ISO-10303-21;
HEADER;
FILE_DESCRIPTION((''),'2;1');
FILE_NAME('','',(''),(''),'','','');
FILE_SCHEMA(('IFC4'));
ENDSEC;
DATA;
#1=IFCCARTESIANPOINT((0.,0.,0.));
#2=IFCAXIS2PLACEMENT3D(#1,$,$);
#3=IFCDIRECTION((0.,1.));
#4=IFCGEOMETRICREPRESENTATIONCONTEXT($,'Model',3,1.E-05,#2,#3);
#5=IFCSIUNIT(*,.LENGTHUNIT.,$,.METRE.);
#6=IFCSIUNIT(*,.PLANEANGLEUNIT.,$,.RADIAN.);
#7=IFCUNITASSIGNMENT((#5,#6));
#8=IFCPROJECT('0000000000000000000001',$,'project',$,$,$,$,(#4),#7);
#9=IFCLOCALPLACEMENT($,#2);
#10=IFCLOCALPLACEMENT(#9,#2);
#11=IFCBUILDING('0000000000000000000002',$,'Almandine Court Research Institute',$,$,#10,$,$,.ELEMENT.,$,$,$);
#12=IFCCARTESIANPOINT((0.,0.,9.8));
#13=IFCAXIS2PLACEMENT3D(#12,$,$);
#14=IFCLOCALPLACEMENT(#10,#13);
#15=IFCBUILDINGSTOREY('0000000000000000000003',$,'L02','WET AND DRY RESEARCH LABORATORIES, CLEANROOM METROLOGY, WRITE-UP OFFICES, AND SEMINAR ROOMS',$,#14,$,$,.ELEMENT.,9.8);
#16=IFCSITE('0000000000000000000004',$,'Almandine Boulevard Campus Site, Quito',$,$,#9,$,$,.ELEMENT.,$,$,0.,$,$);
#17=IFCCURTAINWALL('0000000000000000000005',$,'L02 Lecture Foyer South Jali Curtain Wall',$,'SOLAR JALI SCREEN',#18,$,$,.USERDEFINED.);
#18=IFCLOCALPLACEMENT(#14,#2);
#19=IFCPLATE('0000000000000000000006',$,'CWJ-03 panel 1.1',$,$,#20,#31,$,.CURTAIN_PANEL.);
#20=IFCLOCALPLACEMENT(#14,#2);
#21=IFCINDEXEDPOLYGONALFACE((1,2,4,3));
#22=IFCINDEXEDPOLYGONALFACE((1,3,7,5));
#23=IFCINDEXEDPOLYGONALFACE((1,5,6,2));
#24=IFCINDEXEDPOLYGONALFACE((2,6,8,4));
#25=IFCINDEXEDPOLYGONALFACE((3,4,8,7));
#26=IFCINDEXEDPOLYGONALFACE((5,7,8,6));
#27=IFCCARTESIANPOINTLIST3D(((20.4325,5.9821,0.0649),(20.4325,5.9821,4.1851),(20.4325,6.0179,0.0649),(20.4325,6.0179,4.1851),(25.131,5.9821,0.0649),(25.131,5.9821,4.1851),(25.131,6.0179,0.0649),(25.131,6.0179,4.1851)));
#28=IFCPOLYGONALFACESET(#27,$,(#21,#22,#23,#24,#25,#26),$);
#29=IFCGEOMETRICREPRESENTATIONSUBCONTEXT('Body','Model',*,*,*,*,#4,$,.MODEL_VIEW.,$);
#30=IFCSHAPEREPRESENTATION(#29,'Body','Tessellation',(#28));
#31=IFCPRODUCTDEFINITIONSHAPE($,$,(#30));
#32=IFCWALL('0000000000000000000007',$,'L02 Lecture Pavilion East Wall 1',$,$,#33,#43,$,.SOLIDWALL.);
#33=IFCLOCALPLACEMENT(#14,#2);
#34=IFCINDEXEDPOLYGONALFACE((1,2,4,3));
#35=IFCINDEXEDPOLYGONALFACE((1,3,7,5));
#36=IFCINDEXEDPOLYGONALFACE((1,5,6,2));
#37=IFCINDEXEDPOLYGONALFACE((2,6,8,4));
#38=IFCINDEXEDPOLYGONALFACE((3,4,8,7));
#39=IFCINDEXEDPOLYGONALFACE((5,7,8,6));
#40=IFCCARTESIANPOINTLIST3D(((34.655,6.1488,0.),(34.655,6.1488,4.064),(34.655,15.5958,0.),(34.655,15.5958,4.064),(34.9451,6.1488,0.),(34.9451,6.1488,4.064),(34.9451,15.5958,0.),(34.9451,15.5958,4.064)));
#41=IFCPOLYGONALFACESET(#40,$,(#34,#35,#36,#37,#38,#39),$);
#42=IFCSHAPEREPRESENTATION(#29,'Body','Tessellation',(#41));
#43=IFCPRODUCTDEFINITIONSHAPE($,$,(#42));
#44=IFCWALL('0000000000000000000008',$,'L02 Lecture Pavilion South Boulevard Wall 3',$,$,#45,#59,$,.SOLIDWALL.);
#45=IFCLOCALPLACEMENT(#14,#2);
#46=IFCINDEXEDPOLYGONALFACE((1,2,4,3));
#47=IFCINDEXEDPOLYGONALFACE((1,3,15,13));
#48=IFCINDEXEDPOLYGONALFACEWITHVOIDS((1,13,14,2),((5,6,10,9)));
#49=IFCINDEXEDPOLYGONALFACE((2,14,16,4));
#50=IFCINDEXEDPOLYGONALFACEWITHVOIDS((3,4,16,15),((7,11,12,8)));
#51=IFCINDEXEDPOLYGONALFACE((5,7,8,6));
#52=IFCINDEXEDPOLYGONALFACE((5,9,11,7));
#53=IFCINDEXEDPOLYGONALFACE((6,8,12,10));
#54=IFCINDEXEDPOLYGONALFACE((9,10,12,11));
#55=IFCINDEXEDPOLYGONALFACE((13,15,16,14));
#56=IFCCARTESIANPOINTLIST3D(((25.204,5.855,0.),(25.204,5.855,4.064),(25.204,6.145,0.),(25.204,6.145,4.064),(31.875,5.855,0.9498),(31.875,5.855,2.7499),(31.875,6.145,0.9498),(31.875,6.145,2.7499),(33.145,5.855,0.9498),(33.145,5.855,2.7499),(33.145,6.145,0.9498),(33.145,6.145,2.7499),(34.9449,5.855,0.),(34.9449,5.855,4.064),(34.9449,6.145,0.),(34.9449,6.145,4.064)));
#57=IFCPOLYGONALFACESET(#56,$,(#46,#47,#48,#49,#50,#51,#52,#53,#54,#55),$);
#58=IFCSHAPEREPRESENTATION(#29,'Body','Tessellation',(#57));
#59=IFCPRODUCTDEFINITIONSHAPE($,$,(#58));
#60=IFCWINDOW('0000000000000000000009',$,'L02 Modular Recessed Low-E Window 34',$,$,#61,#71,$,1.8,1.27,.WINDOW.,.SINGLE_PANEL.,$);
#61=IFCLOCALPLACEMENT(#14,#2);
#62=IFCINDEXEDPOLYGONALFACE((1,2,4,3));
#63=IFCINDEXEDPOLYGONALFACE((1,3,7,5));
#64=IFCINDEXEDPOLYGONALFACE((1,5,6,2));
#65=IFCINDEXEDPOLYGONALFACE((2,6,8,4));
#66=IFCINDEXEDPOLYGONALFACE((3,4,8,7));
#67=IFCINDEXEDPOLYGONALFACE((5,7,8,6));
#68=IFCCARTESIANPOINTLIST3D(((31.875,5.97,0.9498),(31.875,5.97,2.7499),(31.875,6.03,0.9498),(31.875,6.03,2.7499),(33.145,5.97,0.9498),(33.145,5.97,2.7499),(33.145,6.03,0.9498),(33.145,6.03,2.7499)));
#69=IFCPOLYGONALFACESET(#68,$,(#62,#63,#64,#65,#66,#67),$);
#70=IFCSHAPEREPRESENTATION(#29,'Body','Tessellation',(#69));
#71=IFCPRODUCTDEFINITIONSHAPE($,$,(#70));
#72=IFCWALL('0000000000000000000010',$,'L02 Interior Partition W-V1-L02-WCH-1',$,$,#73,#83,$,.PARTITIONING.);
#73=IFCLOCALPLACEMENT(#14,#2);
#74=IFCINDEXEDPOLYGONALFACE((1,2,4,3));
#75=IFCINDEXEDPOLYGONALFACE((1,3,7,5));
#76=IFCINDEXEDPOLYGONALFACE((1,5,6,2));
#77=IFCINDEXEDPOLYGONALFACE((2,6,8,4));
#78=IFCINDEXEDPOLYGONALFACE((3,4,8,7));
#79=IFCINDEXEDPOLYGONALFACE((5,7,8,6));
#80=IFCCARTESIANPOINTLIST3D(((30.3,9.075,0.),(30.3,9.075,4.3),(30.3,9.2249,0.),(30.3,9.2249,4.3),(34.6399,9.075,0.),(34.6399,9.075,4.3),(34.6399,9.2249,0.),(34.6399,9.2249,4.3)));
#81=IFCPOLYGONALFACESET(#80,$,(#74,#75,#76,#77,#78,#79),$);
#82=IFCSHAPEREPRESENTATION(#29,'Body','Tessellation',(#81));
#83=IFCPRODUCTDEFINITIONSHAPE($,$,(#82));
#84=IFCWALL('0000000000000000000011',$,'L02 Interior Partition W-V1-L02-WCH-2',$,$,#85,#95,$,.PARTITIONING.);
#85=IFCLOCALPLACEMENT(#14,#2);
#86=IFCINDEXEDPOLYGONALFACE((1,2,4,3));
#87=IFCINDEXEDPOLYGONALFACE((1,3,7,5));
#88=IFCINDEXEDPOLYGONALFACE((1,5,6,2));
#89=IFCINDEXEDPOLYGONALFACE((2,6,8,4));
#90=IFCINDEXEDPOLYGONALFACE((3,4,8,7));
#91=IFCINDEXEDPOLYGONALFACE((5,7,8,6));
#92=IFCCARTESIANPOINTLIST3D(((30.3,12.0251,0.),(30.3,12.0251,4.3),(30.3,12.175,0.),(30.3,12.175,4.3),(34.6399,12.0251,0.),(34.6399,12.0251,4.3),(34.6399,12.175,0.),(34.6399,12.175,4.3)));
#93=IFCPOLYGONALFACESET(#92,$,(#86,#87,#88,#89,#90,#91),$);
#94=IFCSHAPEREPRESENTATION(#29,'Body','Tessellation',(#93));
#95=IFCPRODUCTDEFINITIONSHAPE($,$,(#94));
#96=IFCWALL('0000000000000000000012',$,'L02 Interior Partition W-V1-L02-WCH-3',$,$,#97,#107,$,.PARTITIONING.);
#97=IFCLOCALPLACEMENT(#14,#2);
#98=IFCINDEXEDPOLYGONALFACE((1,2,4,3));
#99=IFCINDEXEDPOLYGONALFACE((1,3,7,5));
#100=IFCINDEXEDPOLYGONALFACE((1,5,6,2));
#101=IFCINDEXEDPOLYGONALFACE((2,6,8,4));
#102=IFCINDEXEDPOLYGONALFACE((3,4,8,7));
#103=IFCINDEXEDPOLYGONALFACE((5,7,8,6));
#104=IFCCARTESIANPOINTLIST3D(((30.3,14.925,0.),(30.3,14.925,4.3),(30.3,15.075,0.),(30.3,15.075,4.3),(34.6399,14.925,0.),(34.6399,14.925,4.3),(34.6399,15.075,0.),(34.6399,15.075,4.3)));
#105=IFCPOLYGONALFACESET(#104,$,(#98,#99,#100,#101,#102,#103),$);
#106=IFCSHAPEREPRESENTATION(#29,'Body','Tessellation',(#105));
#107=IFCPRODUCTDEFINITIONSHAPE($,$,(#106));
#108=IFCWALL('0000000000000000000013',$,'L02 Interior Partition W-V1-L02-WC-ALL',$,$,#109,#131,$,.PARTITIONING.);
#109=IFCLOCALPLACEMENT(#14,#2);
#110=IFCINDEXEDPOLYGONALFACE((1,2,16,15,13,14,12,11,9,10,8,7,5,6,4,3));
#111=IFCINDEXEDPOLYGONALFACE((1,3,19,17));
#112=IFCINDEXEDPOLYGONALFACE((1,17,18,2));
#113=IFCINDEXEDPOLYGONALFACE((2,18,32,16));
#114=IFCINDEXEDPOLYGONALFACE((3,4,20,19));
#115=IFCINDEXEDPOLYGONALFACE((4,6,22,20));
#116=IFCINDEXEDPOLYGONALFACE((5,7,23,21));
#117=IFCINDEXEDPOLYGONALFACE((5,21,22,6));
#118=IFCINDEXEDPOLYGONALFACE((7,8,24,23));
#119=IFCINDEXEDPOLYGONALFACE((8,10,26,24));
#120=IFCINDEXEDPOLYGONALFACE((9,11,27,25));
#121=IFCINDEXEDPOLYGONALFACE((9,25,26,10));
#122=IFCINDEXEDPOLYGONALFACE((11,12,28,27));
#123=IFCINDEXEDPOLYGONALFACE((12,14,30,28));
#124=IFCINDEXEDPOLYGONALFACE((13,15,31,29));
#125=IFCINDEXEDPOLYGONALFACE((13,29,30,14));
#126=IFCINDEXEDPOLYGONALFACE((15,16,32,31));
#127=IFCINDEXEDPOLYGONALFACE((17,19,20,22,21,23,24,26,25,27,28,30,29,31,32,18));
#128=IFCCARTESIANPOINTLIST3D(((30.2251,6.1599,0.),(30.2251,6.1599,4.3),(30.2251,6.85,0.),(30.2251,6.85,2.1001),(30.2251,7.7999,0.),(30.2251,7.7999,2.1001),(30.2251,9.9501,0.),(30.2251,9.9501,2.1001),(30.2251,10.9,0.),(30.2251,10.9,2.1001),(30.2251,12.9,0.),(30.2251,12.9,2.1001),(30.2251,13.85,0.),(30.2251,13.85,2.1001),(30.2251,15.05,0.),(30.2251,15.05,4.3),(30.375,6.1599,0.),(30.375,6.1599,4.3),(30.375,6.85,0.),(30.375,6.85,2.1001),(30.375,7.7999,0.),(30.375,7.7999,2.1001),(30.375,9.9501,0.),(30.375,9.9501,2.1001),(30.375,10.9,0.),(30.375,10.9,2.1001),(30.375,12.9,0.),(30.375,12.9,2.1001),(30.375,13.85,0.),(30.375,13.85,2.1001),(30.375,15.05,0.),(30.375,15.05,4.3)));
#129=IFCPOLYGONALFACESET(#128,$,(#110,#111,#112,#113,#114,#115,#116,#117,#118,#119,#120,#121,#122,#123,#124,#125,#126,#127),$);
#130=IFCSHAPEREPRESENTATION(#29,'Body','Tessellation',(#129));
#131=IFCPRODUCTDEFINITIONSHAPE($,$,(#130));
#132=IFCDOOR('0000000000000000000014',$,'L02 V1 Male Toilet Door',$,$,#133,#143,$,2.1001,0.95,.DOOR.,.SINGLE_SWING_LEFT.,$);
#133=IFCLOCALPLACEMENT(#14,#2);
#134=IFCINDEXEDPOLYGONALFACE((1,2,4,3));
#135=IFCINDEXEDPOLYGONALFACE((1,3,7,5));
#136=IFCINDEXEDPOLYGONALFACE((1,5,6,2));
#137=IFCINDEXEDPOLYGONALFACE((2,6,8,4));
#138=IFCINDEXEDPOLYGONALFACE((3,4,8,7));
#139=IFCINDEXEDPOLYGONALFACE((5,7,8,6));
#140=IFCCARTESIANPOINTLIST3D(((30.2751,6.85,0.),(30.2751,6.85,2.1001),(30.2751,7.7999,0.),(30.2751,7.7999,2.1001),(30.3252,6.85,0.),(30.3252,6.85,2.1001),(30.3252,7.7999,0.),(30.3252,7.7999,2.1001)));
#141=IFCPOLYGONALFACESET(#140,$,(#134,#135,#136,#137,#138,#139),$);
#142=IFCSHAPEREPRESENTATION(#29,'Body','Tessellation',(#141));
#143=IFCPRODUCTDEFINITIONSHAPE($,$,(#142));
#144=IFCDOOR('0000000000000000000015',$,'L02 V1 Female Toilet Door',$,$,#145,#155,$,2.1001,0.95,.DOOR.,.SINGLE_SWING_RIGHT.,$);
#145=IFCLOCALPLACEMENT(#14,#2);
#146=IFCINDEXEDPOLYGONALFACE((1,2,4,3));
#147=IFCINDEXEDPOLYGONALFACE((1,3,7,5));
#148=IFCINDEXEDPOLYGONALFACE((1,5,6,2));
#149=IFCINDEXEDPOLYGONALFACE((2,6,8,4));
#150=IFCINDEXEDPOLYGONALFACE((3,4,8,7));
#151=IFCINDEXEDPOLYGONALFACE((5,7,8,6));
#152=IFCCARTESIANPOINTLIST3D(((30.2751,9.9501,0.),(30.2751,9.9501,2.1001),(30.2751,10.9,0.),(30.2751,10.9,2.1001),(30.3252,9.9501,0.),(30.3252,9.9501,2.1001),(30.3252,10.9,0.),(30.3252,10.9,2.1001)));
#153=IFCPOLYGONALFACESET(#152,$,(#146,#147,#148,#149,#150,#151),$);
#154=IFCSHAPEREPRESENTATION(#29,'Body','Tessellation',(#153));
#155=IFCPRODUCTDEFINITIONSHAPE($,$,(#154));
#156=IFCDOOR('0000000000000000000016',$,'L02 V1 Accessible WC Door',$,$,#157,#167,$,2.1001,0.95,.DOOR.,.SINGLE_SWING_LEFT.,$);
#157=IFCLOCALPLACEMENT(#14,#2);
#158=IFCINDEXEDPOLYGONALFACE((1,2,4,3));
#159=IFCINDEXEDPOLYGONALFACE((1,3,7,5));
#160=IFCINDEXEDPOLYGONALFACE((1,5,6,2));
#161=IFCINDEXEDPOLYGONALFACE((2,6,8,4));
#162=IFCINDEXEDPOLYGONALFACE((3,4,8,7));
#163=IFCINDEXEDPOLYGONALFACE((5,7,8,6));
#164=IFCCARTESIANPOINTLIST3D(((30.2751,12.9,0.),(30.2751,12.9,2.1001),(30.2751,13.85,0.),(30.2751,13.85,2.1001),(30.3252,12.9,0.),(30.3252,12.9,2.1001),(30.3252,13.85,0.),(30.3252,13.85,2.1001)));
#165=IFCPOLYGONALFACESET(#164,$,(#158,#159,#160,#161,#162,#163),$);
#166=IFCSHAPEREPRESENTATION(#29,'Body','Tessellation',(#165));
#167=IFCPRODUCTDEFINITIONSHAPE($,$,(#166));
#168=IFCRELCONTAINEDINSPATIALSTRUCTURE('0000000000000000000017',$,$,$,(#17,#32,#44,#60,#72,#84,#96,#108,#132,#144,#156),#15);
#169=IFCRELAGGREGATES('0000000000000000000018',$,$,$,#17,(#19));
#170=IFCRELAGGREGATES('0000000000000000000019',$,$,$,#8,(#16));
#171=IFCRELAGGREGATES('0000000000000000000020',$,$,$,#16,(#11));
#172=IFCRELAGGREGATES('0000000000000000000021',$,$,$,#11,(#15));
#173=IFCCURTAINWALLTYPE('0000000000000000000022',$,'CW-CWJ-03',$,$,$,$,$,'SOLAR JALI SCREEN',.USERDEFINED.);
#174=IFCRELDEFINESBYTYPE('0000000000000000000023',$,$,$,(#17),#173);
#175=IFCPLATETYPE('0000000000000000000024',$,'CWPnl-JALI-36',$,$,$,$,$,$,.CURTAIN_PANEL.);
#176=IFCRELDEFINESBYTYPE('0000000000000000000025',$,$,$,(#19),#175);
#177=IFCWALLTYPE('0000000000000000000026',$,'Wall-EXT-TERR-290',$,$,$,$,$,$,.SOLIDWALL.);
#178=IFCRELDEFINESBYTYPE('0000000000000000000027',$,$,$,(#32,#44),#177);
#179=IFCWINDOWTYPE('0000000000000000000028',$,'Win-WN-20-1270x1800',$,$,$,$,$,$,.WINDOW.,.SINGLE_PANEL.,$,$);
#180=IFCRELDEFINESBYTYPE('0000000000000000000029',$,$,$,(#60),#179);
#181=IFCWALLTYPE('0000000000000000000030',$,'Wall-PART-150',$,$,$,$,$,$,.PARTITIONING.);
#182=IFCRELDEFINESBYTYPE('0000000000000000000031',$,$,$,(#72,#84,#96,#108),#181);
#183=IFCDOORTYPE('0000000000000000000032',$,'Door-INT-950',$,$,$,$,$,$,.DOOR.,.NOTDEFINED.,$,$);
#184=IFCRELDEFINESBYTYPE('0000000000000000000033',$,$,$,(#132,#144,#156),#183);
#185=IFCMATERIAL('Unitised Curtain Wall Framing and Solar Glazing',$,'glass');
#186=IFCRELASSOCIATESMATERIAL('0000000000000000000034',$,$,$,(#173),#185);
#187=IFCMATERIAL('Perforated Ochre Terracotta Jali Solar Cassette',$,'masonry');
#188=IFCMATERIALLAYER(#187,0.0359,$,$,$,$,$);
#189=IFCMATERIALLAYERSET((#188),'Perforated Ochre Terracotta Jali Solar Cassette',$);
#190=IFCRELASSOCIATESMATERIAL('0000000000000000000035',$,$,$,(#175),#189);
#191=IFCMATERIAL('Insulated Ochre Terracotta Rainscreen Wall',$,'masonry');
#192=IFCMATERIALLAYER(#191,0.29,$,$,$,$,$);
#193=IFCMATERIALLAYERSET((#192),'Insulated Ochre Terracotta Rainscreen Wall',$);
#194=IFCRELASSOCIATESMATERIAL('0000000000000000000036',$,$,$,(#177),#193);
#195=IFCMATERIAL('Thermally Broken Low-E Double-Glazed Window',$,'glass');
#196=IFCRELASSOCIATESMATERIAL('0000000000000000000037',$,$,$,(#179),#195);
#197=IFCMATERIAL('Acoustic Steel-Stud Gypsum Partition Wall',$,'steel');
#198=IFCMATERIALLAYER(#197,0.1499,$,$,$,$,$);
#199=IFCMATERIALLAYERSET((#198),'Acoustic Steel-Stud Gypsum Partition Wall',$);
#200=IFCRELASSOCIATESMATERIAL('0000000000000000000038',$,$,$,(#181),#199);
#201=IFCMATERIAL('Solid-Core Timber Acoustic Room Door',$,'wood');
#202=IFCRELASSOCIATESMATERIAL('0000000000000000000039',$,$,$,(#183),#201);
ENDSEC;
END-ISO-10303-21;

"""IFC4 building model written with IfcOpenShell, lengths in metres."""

from ifc_helpers import new_model, si_unit, direction, frame, frame_2d, origin, origin_2d, place, context, subcontext, project, spatial, rectangle, extrude, material, layer, layer_set, type_object, element, fill, aggregate, save


model = new_model("IFC4")

# Units and contexts
model_context = context("Model", 3, precision=1e-05, world=origin(), true_north=direction((0.0, 1.0)))
body_context = subcontext(model_context, "Body", "Model", "MODEL_VIEW")
ifc_project = project(units=[si_unit("LENGTHUNIT", "METRE"), si_unit("PLANEANGLEUNIT", "RADIAN")], contexts=[model_context])

# Site, building, storey
site_placement = place(None, origin())
site = spatial("IfcSite", under=ifc_project, at=site_placement, Name="Almandine Boulevard Campus Site, Quito", CompositionType="ELEMENT", RefElevation=0.0)
building_placement = place(site_placement, origin())
building = spatial("IfcBuilding", under=site, at=building_placement, Name="Almandine Court Research Institute", CompositionType="ELEMENT")
storey_placement = place(building_placement, frame((0.0, 0.0, 9.8)))
storey = spatial("IfcBuildingStorey", under=building, at=storey_placement, Name="L02", Description="WET AND DRY RESEARCH LABORATORIES, CLEANROOM METROLOGY, WRITE-UP OFFICES, AND SEMINAR ROOMS", CompositionType="ELEMENT", Elevation=9.8)

# Curtain wall, plate
ifc_material_1 = material(Name="Unitised Curtain Wall Framing and Solar Glazing", Category="glass")
curtain_wall_type = type_object("IfcCurtainWallType", Name="CW-CWJ-03", ElementType="SOLAR JALI SCREEN", PredefinedType="USERDEFINED", material=ifc_material_1)
curtain_wall_placement = place(storey_placement, origin())
curtain_wall = element("IfcCurtainWall", 1, at=curtain_wall_placement, inside=storey, type_object=curtain_wall_type, Name="L02 Lecture Foyer South Jali Curtain Wall", ObjectType="SOLAR JALI SCREEN", PredefinedType="USERDEFINED")
ifc_material_2 = material(Name="Perforated Ochre Terracotta Jali Solar Cassette", Category="masonry")
ifc_layer_1 = layer(ifc_material_2, 0.0359)
ifc_layer_set_1 = layer_set([ifc_layer_1], Name="Perforated Ochre Terracotta Jali Solar Cassette")
plate_type = type_object("IfcPlateType", Name="CWPnl-JALI-36", PredefinedType="CURTAIN_PANEL", material=ifc_layer_set_1)
plate_placement = place(storey_placement, frame((22.7817, 6.0, 0.0649), z_axis=(0.0, 0.0, 1.0), x_axis=(-1.0, 0.0, 0.0)))
plate = element("IfcPlate", 2, at=plate_placement, type_object=plate_type, Name="CWJ-03 panel 1.1", PredefinedType="CURTAIN_PANEL", context=body_context, shape_type="SweptSolid", body=[
    extrude(rectangle(XDim=4.6985, YDim=0.0359, at=origin_2d()), origin(), (0.0, 0.0, 1.0), 4.1201),
])
aggregate(curtain_wall, [plate])

# Wall
ifc_material_3 = material(Name="Insulated Ochre Terracotta Rainscreen Wall", Category="masonry")
ifc_layer_2 = layer(ifc_material_3, 0.29)
ifc_layer_set_2 = layer_set([ifc_layer_2], Name="Insulated Ochre Terracotta Rainscreen Wall")
wall_type_1 = type_object("IfcWallType", Name="Wall-EXT-TERR-290", PredefinedType="SOLIDWALL", material=ifc_layer_set_2)
wall_1_placement = place(storey_placement, frame((34.8, 15.5959, 0.0), z_axis=(0.0, 0.0, 1.0), x_axis=(0.0, -1.0, 0.0)))
element("IfcWall", 3, at=wall_1_placement, inside=storey, type_object=wall_type_1, Name="L02 Lecture Pavilion East Wall 1", PredefinedType="SOLIDWALL", context=body_context, shape_type="SweptSolid", body=[
    extrude(rectangle(XDim=9.447, YDim=0.29, at=frame_2d((4.7236, 0.0))), origin(), (0.0, 0.0, 1.0), 4.064),
])

# Wall, opening, window
wall_2_placement = place(storey_placement, frame((34.9451, 6.0, 0.0), z_axis=(0.0, 0.0, 1.0), x_axis=(-1.0, 0.0, 0.0)))
wall_2 = element("IfcWall", 4, at=wall_2_placement, inside=storey, type_object=wall_type_1, Name="L02 Lecture Pavilion South Boulevard Wall 3", PredefinedType="SOLIDWALL", context=body_context, shape_type="SweptSolid", body=[
    extrude(rectangle(XDim=9.741, YDim=0.29, at=frame_2d((4.8706, 0.0))), origin(), (0.0, 0.0, 1.0), 4.064),
])
opening_1_placement = place(wall_2_placement, frame((1.8, 0.0, 0.95)))
opening_1 = element("IfcOpeningElement", 5, at=opening_1_placement, cuts=wall_2, PredefinedType="OPENING", context=body_context, shape_type="SweptSolid", body=[
    extrude(rectangle(XDim=1.27, YDim=1.8, at=frame_2d((0.635, 0.8999))), frame((0.0, 0.155, 0.0), z_axis=(0.0, -1.0, 0.0), x_axis=(1.0, 0.0, 0.0)), (0.0, 0.0, 1.0), 0.3101),
])
ifc_material_4 = material(Name="Thermally Broken Low-E Double-Glazed Window", Category="glass")
window_type = type_object("IfcWindowType", Name="Win-WN-20-1270x1800", PartitioningType="SINGLE_PANEL", PredefinedType="WINDOW", material=ifc_material_4)
window_placement = place(opening_1_placement, origin())
window = element("IfcWindow", 6, at=window_placement, inside=storey, type_object=window_type, Name="L02 Modular Recessed Low-E Window 34", OverallHeight=1.8, OverallWidth=1.27, PartitioningType="SINGLE_PANEL", PredefinedType="WINDOW", context=body_context, shape_type="SweptSolid", body=[
    extrude(rectangle(XDim=1.27, YDim=1.8, at=frame_2d((0.635, 0.8999))), frame((0.0, 0.03, 0.0), z_axis=(0.0, -1.0, 0.0), x_axis=(1.0, 0.0, 0.0)), (0.0, 0.0, 1.0), 0.0601),
])
fill(opening_1, window)

# Walls
ifc_material_5 = material(Name="Acoustic Steel-Stud Gypsum Partition Wall", Category="steel")
ifc_layer_3 = layer(ifc_material_5, 0.1499)
ifc_layer_set_3 = layer_set([ifc_layer_3], Name="Acoustic Steel-Stud Gypsum Partition Wall")
wall_type_2 = type_object("IfcWallType", Name="Wall-PART-150", PredefinedType="PARTITIONING", material=ifc_layer_set_3)
for number, where, z_axis, x_axis, name in (
    (7, (30.3, 9.1499, 0.0), (0.0, 0.0, 1.0), (1.0, 0.0, 0.0), "L02 Interior Partition W-V1-L02-WCH-1"),
    (8, (30.3, 12.1001, 0.0), (0.0, 0.0, 1.0), (1.0, 0.0, 0.0), "L02 Interior Partition W-V1-L02-WCH-2"),
    (9, (30.3, 15.0, 0.0), (0.0, 0.0, 1.0), (1.0, 0.0, 0.0), "L02 Interior Partition W-V1-L02-WCH-3"),
):
    element("IfcWall", number, at=place(storey_placement, frame(where, z_axis=z_axis, x_axis=x_axis)), inside=storey, type_object=wall_type_2, Name=name, PredefinedType="PARTITIONING", context=body_context, shape_type="SweptSolid", body=[
        extrude(rectangle(XDim=4.3398, YDim=0.1499, at=frame_2d((2.1699, 0.0))), origin(), (0.0, 0.0, 1.0), 4.3),
    ])

# Wall, openings, doors
wall_3_placement = place(storey_placement, frame((30.3, 6.1599, 0.0), z_axis=(0.0, 0.0, 1.0), x_axis=(0.0, 1.0, 0.0)))
wall_3 = element("IfcWall", 10, at=wall_3_placement, inside=storey, type_object=wall_type_2, Name="L02 Interior Partition W-V1-L02-WC-ALL", PredefinedType="PARTITIONING", context=body_context, shape_type="SweptSolid", body=[
    extrude(rectangle(XDim=8.8901, YDim=0.1499, at=frame_2d((4.4451, 0.0))), origin(), (0.0, 0.0, 1.0), 4.3),
])
opening_2_placement = place(wall_3_placement, frame((0.6899, 0.0, 0.0)))
opening_2 = element("IfcOpeningElement", 11, at=opening_2_placement, cuts=wall_3, PredefinedType="OPENING", context=body_context, shape_type="SweptSolid", body=[
    extrude(rectangle(XDim=0.95, YDim=2.1001, at=frame_2d((0.4751, 1.05))), frame((0.0, 0.085, 0.0), z_axis=(0.0, -1.0, 0.0), x_axis=(1.0, 0.0, 0.0)), (0.0, 0.0, 1.0), 0.1699),
])
opening_3_placement = place(wall_3_placement, frame((3.79, 0.0, 0.0)))
opening_3 = element("IfcOpeningElement", 12, at=opening_3_placement, cuts=wall_3, PredefinedType="OPENING", context=body_context, shape_type="SweptSolid", body=[
    extrude(rectangle(XDim=0.95, YDim=2.1001, at=frame_2d((0.4751, 1.05))), frame((0.0, 0.085, 0.0), z_axis=(0.0, -1.0, 0.0), x_axis=(1.0, 0.0, 0.0)), (0.0, 0.0, 1.0), 0.1699),
])
opening_4_placement = place(wall_3_placement, frame((6.74, 0.0, 0.0)))
opening_4 = element("IfcOpeningElement", 13, at=opening_4_placement, cuts=wall_3, PredefinedType="OPENING", context=body_context, shape_type="SweptSolid", body=[
    extrude(rectangle(XDim=0.95, YDim=2.1001, at=frame_2d((0.4751, 1.05))), frame((0.0, 0.085, 0.0), z_axis=(0.0, -1.0, 0.0), x_axis=(1.0, 0.0, 0.0)), (0.0, 0.0, 1.0), 0.1699),
])
ifc_material_6 = material(Name="Solid-Core Timber Acoustic Room Door", Category="wood")
door_type_1 = type_object("IfcDoorType", Name="Door-INT-950", OperationType="NOTDEFINED", PredefinedType="DOOR", material=ifc_material_6)
door_1_placement = place(opening_2_placement, origin())
door_1 = element("IfcDoor", 14, at=door_1_placement, inside=storey, type_object=door_type_1, Name="L02 V1 Male Toilet Door", OperationType="SINGLE_SWING_LEFT", OverallHeight=2.1001, OverallWidth=0.95, PredefinedType="DOOR", context=body_context, shape_type="SweptSolid", body=[
    extrude(rectangle(XDim=0.95, YDim=2.1001, at=frame_2d((0.4751, 1.05))), frame((0.0, 0.0249, 0.0), z_axis=(0.0, -1.0, 0.0), x_axis=(1.0, 0.0, 0.0)), (0.0, 0.0, 1.0), 0.05),
])
fill(opening_2, door_1)
door_2_placement = place(opening_3_placement, origin())
door_2 = element("IfcDoor", 15, at=door_2_placement, inside=storey, type_object=door_type_1, Name="L02 V1 Female Toilet Door", OperationType="SINGLE_SWING_RIGHT", OverallHeight=2.1001, OverallWidth=0.95, PredefinedType="DOOR", context=body_context, shape_type="SweptSolid", body=[
    extrude(rectangle(XDim=0.95, YDim=2.1001, at=frame_2d((0.4751, 1.05))), frame((0.0, 0.0249, 0.0), z_axis=(0.0, -1.0, 0.0), x_axis=(1.0, 0.0, 0.0)), (0.0, 0.0, 1.0), 0.05),
])
fill(opening_3, door_2)
door_3_placement = place(opening_4_placement, origin())
door_3 = element("IfcDoor", 16, at=door_3_placement, inside=storey, type_object=door_type_1, Name="L02 V1 Accessible WC Door", OperationType="SINGLE_SWING_LEFT", OverallHeight=2.1001, OverallWidth=0.95, PredefinedType="DOOR", context=body_context, shape_type="SweptSolid", body=[
    extrude(rectangle(XDim=0.95, YDim=2.1001, at=frame_2d((0.4751, 1.05))), frame((0.0, 0.0249, 0.0), z_axis=(0.0, -1.0, 0.0), x_axis=(1.0, 0.0, 0.0)), (0.0, 0.0, 1.0), 0.05),
])
fill(opening_4, door_3)

save(model, "model.ifc")
